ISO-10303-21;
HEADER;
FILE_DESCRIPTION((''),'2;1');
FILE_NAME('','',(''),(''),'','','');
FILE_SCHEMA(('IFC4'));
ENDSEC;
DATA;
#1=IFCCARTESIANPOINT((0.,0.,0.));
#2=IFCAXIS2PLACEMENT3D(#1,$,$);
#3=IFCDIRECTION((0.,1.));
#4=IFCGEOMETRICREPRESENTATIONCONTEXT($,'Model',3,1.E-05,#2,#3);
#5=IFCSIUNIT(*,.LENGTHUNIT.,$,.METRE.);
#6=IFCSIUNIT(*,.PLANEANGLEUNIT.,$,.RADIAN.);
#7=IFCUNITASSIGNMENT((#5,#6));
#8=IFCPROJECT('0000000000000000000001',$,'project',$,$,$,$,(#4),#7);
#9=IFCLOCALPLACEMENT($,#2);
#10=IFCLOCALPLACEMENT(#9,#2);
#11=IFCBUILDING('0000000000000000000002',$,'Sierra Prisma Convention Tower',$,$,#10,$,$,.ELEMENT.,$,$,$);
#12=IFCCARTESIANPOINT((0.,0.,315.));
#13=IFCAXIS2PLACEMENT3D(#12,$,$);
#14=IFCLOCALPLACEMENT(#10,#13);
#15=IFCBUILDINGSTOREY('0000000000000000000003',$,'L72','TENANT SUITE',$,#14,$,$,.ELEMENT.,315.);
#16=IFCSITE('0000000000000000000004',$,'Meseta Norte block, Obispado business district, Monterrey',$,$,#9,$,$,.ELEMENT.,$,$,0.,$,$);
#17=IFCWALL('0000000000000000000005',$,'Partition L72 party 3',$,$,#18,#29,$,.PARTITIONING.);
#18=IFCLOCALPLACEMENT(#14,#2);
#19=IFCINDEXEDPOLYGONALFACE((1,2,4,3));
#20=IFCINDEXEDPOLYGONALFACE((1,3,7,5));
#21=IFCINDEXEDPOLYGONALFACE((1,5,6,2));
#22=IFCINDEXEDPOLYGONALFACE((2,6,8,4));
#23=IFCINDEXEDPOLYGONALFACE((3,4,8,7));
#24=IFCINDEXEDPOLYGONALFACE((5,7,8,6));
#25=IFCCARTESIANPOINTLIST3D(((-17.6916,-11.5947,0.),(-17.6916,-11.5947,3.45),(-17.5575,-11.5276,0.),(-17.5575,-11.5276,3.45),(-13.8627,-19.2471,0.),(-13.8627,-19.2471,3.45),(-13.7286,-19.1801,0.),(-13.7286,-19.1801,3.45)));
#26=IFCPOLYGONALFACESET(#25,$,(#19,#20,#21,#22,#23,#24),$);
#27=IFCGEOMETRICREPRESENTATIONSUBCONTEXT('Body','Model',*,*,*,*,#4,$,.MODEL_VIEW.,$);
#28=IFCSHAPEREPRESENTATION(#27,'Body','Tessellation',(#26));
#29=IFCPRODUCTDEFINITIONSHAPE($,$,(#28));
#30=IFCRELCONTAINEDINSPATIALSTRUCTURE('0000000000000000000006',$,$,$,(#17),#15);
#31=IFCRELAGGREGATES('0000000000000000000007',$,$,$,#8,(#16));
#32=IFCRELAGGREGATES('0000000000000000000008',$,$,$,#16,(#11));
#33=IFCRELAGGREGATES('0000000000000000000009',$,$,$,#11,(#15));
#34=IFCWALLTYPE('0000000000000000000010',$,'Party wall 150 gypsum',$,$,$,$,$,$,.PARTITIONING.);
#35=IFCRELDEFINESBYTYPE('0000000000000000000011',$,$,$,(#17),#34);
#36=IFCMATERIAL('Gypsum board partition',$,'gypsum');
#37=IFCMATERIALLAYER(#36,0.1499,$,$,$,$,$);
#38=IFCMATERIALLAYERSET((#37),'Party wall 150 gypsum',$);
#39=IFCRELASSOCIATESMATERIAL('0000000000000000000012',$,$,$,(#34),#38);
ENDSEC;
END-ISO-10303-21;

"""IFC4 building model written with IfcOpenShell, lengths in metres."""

from ifc_helpers import new_model, si_unit, direction, frame, frame_2d, origin, place, context, subcontext, project, spatial, rectangle, extrude, material, layer, layer_set, type_object, element, save


model = new_model("IFC4")

# Units and contexts
model_context = context("Model", 3, precision=1e-05, world=origin(), true_north=direction((0.0, 1.0)))
body_context = subcontext(model_context, "Body", "Model", "MODEL_VIEW")
ifc_project = project(units=[si_unit("LENGTHUNIT", "METRE"), si_unit("PLANEANGLEUNIT", "RADIAN")], contexts=[model_context])

# Site, building, storey
site_placement = place(None, origin())
site = spatial("IfcSite", under=ifc_project, at=site_placement, Name="Meseta Norte block, Obispado business district, Monterrey", CompositionType="ELEMENT", RefElevation=0.0)
building_placement = place(site_placement, origin())
building = spatial("IfcBuilding", under=site, at=building_placement, Name="Sierra Prisma Convention Tower", CompositionType="ELEMENT")
storey_placement = place(building_placement, frame((0.0, 0.0, 315.0)))
storey = spatial("IfcBuildingStorey", under=building, at=storey_placement, Name="L72", Description="TENANT SUITE", CompositionType="ELEMENT", Elevation=315.0)

# Wall
ifc_material_1 = material(Name="Gypsum board partition", Category="gypsum")
ifc_layer_1 = layer(ifc_material_1, 0.1499)
ifc_layer_set_1 = layer_set([ifc_layer_1], Name="Party wall 150 gypsum")
wall_type_1 = type_object("IfcWallType", Name="Party wall 150 gypsum", PredefinedType="PARTITIONING", material=ifc_layer_set_1)
wall_1_placement = place(storey_placement, frame((-17.6245, -11.5613, 0.0), z_axis=(0.0, 0.0, 1.0), x_axis=(0.447465, -0.894302, 0.0)))
element("IfcWall", 1, at=wall_1_placement, inside=storey, type_object=wall_type_1, Name="Partition L72 party 3", PredefinedType="PARTITIONING", context=body_context, shape_type="SweptSolid", body=[
    extrude(rectangle(XDim=8.5569, YDim=0.1499, at=frame_2d((4.2783, 0.0))), origin(), (0.0, 0.0, 1.0), 3.45),
])

save(model, "model.ifc")
